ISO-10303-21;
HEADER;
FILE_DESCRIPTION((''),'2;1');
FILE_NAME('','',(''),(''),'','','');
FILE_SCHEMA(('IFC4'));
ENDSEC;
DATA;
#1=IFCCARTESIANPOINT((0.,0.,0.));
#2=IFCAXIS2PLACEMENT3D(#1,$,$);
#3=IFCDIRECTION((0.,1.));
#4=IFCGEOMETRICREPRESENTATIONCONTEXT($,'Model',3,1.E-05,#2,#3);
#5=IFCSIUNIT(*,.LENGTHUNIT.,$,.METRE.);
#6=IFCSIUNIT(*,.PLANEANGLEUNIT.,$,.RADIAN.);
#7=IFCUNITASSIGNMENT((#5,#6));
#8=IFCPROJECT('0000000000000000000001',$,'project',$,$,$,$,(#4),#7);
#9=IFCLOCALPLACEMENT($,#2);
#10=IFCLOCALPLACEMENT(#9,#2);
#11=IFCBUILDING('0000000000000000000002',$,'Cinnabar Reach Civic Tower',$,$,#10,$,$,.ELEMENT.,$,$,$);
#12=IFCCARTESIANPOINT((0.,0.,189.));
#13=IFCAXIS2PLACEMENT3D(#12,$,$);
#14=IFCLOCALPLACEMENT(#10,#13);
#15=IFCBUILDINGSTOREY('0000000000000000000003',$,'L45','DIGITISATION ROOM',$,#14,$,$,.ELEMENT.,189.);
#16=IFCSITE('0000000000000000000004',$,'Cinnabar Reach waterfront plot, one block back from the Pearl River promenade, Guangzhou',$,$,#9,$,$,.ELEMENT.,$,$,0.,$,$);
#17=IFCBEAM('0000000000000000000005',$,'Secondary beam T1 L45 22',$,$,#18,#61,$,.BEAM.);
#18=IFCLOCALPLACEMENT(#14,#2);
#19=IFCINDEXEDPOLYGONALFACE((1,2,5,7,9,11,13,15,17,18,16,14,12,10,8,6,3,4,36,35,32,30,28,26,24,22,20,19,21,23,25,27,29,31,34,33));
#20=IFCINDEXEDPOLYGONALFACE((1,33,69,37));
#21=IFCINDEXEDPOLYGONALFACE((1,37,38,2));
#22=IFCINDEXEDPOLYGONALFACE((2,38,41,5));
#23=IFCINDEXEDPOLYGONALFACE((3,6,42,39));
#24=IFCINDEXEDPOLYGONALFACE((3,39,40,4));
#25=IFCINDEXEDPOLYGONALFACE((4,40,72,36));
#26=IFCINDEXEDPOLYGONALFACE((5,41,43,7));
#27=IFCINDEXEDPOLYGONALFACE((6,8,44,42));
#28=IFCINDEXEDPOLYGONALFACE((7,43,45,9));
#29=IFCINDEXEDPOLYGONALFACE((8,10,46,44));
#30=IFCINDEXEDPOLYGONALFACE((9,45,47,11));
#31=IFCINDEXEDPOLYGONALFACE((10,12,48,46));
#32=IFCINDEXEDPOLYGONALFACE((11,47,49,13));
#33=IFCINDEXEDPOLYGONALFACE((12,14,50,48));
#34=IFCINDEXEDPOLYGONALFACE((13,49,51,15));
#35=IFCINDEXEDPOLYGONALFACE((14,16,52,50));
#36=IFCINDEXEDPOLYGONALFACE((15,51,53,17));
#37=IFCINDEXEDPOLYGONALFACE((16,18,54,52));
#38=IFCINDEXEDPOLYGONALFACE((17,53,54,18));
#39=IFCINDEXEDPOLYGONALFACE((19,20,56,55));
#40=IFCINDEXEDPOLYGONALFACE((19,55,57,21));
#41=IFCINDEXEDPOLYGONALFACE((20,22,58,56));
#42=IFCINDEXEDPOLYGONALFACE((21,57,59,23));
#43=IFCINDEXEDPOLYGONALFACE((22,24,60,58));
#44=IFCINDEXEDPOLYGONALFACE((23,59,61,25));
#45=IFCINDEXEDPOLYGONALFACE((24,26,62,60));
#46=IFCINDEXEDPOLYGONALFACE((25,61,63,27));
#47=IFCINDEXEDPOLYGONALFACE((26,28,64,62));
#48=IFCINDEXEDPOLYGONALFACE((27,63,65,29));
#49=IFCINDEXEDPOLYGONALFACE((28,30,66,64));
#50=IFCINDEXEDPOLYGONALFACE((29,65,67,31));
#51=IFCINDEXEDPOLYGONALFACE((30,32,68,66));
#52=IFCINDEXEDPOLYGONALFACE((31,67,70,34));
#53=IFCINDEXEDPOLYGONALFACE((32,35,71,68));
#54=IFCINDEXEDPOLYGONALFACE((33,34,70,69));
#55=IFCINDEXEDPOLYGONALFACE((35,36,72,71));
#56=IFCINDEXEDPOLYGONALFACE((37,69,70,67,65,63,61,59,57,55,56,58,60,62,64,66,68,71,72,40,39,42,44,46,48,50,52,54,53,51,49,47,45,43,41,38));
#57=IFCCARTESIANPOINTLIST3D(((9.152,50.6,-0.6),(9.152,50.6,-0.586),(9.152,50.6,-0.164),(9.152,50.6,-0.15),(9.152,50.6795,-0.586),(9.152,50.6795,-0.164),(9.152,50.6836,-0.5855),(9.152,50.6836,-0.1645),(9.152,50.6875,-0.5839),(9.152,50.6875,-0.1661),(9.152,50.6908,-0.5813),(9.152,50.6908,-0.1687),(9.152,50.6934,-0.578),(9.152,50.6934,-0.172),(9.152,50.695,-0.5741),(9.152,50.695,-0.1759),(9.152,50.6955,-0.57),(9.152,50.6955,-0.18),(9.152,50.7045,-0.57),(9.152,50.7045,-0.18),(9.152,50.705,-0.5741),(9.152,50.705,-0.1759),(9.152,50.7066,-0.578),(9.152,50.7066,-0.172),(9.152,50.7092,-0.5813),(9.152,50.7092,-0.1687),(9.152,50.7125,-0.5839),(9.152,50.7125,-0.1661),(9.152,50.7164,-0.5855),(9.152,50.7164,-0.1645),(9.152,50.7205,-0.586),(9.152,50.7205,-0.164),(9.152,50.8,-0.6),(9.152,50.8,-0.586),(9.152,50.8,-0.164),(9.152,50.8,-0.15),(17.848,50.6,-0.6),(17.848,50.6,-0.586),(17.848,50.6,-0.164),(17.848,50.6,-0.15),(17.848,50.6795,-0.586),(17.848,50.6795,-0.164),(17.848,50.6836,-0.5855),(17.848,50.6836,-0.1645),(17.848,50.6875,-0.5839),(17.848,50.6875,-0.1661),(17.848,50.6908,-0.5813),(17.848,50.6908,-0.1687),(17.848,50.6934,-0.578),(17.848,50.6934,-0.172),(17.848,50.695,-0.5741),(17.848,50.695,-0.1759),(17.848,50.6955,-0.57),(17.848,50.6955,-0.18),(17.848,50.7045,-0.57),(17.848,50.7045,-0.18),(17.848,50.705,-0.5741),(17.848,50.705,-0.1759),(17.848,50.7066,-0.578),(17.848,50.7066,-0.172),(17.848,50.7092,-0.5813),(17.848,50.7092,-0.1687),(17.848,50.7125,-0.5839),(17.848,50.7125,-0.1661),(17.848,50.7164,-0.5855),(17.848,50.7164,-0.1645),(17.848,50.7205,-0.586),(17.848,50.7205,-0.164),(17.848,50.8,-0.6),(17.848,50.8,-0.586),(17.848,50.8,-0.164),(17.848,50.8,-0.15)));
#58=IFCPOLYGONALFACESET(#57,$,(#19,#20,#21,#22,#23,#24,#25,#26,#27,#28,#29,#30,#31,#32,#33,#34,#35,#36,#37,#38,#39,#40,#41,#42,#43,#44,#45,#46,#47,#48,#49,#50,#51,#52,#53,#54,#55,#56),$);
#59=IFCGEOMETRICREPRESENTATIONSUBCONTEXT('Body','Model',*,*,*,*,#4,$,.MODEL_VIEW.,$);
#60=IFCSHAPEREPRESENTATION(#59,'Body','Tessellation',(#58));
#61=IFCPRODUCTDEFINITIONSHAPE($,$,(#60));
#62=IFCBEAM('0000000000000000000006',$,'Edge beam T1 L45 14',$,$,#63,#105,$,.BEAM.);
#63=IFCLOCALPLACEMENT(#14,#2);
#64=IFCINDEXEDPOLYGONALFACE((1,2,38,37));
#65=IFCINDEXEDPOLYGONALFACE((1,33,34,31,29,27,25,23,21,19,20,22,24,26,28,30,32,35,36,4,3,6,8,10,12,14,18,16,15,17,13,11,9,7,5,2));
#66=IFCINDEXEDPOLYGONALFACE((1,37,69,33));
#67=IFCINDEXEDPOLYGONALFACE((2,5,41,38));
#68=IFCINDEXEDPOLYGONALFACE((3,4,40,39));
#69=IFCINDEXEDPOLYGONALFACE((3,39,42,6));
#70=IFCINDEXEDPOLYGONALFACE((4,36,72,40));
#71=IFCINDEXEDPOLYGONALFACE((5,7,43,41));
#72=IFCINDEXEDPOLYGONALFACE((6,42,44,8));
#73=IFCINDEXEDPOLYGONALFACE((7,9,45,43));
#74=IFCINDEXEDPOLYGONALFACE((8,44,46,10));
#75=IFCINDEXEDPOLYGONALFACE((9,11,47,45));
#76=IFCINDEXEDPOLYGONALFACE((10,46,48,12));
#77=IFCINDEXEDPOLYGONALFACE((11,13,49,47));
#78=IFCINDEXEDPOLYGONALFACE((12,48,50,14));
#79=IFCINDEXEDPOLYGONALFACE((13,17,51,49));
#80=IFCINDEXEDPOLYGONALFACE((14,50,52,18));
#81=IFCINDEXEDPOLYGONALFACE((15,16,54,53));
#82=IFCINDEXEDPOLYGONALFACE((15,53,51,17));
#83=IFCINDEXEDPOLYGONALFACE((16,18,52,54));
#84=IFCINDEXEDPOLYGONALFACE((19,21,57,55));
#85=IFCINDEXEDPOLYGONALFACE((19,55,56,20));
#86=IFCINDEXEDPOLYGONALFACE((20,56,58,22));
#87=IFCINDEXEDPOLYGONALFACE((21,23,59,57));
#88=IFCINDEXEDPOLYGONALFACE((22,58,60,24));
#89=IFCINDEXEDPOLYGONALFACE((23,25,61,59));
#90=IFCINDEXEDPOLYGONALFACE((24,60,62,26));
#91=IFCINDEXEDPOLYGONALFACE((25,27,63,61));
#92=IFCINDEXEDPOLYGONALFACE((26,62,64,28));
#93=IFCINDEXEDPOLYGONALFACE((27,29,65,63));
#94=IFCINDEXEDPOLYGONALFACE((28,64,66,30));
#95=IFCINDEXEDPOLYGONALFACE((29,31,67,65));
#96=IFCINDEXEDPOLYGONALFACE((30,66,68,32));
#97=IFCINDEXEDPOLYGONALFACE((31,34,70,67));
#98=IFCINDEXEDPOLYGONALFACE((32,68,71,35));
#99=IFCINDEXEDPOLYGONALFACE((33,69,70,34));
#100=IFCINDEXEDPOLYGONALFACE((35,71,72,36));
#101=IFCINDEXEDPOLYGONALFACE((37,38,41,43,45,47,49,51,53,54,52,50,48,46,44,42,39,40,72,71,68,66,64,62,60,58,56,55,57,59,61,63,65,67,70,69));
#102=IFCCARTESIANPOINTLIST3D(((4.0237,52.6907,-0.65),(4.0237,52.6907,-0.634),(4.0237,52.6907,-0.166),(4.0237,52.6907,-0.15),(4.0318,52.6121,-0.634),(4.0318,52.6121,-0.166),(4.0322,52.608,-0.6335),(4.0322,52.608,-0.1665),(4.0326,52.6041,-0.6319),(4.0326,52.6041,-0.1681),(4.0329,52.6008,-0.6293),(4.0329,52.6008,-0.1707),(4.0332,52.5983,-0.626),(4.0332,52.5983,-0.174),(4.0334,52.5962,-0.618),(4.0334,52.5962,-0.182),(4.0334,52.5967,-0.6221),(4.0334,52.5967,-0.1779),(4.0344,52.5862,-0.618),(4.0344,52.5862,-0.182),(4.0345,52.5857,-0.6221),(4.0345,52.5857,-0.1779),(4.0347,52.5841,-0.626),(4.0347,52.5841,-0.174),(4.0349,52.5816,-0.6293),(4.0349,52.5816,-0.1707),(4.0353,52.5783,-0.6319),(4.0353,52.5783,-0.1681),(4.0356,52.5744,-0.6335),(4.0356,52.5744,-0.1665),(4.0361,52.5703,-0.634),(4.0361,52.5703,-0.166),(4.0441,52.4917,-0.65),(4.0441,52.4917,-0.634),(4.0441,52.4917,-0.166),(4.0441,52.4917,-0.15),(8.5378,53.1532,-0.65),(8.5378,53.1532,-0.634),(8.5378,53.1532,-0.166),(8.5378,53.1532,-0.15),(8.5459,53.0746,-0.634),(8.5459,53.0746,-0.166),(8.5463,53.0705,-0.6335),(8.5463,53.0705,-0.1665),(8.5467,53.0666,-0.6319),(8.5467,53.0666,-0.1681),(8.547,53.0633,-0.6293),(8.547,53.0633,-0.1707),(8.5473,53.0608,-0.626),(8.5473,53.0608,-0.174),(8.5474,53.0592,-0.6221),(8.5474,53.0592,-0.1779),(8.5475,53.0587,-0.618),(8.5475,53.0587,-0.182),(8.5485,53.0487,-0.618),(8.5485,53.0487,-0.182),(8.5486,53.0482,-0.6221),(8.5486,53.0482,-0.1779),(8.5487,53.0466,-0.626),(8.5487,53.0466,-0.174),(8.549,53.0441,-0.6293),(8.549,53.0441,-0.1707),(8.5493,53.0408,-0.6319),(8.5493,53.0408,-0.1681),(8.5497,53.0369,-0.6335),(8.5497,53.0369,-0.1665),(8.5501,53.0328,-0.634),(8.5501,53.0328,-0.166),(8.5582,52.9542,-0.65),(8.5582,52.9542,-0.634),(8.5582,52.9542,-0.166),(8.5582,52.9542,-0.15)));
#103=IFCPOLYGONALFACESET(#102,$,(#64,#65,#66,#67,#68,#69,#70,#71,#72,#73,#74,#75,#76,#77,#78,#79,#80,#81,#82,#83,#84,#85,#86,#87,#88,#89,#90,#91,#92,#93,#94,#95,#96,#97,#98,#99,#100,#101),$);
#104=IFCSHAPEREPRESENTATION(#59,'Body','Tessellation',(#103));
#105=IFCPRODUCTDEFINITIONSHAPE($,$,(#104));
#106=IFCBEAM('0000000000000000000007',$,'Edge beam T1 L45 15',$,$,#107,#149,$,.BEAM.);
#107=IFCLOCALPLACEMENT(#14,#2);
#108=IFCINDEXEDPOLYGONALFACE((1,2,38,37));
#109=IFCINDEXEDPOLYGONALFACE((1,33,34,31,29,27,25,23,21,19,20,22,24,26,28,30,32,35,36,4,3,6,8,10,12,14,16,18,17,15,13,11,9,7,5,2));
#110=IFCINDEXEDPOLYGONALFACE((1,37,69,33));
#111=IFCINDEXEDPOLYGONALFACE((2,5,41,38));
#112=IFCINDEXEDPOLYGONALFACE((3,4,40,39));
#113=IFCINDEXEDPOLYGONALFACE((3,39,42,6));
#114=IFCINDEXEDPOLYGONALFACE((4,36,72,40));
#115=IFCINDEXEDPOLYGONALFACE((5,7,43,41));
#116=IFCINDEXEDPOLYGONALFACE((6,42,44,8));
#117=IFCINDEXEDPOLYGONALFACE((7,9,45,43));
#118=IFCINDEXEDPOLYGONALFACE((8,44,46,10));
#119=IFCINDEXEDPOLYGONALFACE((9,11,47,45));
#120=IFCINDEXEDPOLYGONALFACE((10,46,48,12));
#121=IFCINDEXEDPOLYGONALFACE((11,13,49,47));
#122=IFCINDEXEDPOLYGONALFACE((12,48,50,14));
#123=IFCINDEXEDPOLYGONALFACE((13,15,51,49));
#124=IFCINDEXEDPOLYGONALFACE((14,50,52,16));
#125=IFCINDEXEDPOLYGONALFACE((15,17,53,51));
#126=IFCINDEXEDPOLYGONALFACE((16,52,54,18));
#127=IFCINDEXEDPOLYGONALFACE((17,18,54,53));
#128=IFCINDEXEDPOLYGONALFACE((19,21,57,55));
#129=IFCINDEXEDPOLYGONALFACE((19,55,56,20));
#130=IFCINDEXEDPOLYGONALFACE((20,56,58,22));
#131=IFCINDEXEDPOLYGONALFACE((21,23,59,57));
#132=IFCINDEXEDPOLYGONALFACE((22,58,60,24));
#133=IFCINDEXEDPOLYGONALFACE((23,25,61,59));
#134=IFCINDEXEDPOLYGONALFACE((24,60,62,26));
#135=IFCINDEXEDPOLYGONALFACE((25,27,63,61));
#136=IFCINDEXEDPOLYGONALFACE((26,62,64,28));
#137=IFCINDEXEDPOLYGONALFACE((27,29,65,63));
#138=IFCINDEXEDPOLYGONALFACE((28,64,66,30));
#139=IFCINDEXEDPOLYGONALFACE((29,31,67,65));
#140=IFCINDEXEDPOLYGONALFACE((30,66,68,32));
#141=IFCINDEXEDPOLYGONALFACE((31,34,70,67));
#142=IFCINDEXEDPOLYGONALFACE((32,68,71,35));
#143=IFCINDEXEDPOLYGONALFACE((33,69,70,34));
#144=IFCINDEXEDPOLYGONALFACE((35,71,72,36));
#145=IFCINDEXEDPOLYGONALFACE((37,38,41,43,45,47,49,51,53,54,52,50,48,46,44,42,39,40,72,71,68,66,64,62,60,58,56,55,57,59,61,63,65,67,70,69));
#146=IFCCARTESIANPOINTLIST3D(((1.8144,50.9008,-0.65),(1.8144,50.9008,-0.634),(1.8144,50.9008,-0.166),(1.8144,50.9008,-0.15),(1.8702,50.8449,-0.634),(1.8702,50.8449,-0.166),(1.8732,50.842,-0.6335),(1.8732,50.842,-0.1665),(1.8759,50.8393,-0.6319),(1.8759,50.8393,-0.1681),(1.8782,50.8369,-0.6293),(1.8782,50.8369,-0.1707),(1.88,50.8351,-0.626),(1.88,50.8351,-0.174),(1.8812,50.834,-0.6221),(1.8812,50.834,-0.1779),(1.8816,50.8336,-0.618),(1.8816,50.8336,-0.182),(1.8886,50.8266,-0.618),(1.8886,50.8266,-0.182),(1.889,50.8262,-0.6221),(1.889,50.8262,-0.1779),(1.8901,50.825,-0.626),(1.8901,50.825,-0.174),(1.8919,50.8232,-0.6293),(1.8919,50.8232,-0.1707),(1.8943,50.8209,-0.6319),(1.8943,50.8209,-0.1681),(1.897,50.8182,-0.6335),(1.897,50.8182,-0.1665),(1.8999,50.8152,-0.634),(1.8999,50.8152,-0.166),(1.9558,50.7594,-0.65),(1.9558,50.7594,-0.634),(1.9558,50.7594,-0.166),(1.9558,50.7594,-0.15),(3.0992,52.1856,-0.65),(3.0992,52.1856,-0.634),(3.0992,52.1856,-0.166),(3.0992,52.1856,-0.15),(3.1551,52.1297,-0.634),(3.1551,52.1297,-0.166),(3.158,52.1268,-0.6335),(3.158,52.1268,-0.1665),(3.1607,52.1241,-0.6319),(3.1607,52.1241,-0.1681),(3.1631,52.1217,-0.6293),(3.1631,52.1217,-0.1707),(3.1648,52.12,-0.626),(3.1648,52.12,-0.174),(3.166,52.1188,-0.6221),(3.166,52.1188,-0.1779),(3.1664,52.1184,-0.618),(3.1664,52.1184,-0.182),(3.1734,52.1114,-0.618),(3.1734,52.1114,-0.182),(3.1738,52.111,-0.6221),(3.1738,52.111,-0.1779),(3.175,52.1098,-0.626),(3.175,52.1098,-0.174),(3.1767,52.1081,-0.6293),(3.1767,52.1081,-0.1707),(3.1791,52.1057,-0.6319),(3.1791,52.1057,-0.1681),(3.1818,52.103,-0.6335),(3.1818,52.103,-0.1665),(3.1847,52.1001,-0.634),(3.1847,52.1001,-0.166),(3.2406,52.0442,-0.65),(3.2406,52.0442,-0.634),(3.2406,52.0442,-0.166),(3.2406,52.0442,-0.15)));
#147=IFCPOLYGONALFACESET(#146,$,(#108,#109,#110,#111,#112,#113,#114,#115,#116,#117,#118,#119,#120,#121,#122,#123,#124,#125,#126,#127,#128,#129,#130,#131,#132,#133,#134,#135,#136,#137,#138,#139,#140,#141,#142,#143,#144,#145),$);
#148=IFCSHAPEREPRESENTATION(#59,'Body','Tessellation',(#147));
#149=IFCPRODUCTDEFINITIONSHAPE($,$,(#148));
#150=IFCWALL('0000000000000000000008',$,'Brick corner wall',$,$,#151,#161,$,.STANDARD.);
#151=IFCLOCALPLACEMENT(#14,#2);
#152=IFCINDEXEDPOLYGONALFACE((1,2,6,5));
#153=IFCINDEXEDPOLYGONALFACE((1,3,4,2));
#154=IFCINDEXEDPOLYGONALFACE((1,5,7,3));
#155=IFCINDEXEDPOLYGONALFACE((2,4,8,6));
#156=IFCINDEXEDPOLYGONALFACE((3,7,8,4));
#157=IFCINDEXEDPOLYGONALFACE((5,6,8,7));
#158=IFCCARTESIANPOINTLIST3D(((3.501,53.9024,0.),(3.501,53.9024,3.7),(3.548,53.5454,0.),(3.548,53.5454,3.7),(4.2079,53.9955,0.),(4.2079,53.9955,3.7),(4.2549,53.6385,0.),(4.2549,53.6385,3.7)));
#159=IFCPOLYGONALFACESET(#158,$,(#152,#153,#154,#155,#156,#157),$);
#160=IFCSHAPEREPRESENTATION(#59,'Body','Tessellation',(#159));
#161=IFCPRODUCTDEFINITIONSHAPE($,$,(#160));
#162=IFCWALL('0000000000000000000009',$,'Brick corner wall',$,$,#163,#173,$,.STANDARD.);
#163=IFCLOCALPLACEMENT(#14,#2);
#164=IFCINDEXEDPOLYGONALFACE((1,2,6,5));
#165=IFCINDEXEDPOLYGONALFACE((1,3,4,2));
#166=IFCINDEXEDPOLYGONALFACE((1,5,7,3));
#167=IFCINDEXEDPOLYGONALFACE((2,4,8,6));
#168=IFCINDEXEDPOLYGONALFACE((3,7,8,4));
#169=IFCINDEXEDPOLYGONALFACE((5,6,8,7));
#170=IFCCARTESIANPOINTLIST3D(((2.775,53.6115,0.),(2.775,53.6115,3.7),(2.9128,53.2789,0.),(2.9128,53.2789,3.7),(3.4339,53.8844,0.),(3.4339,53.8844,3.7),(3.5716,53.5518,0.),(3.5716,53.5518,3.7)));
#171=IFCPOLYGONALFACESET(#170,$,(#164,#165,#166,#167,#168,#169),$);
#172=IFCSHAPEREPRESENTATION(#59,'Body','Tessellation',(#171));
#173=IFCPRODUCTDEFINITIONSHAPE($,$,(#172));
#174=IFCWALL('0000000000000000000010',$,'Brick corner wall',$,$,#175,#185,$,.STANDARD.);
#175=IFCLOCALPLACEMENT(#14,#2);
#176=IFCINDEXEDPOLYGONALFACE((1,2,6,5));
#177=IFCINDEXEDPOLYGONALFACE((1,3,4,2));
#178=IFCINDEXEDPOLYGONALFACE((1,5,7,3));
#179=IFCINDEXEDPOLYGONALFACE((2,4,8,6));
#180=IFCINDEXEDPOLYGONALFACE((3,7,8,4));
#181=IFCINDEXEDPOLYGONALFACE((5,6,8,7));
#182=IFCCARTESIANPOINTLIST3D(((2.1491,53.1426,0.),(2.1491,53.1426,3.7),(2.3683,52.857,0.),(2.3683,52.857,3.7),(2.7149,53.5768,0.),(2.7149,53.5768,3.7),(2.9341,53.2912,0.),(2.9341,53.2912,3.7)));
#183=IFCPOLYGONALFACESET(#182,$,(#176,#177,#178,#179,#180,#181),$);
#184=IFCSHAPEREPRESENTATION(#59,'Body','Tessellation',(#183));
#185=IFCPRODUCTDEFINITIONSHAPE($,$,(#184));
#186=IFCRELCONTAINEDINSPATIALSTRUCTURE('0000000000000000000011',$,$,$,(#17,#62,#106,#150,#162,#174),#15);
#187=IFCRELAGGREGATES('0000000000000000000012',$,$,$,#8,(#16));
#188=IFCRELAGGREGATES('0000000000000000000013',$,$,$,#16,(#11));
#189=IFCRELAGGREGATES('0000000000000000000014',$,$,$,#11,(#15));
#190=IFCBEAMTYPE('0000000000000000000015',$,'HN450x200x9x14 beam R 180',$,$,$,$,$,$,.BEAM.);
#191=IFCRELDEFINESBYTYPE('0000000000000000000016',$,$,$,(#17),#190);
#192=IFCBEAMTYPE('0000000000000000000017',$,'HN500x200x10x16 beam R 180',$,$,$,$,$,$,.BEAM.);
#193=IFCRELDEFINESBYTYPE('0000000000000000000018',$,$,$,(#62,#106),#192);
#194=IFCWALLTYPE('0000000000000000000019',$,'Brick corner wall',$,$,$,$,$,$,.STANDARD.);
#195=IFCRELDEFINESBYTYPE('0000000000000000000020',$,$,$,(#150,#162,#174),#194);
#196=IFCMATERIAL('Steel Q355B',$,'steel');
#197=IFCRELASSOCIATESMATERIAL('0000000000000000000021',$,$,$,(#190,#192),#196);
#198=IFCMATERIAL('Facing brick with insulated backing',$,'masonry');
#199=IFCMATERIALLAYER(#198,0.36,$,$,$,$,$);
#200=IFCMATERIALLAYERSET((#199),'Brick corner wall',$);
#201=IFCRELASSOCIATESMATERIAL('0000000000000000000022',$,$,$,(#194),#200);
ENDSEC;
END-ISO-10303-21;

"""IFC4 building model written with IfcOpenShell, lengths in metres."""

from ifc_helpers import new_model, si_unit, direction, frame, frame_2d, origin, origin_2d, place, context, subcontext, project, spatial, rectangle, i_section, extrude, material, layer, layer_set, material_profile, profile_set, type_object, element, save


model = new_model("IFC4")

# Units and contexts
model_context = context("Model", 3, precision=1e-05, world=origin(), true_north=direction((0.0, 1.0)))
body_context = subcontext(model_context, "Body", "Model", "MODEL_VIEW")
ifc_project = project(units=[si_unit("LENGTHUNIT", "METRE"), si_unit("PLANEANGLEUNIT", "RADIAN")], contexts=[model_context])

# Site, building, storey
site_placement = place(None, origin())
site = spatial("IfcSite", under=ifc_project, at=site_placement, Name="Cinnabar Reach waterfront plot, one block back from the Pearl River promenade, Guangzhou", CompositionType="ELEMENT", RefElevation=0.0)
building_placement = place(site_placement, origin())
building = spatial("IfcBuilding", under=site, at=building_placement, Name="Cinnabar Reach Civic Tower", CompositionType="ELEMENT")
storey_placement = place(building_placement, frame((0.0, 0.0, 189.0)))
storey = spatial("IfcBuildingStorey", under=building, at=storey_placement, Name="L45", Description="DIGITISATION ROOM", CompositionType="ELEMENT", Elevation=189.0)

# Beams
ifc_material_1 = material(Name="Steel Q355B", Category="steel")
ifc_material_profile_1 = material_profile(ifc_material_1, i_section(OverallWidth=0.2, OverallDepth=0.45, WebThickness=0.009, FlangeThickness=0.014, FilletRadius=0.016, at=origin_2d()), Name="HN450x200x9x14")
ifc_profile_set_1 = profile_set([ifc_material_profile_1], Name="Steel Q355B")
beam_type_1 = type_object("IfcBeamType", Name="HN450x200x9x14 beam R 180", PredefinedType="BEAM", material=ifc_profile_set_1)
for number, where, z_axis, x_axis, name in (
    (1, (9.152, 50.7, -0.375), (1.0, 0.0, 0.0), (0.0, 1.0, 0.0), "Secondary beam T1 L45 22"),
):
    element("IfcBeam", number, at=place(storey_placement, frame(where, z_axis=z_axis, x_axis=x_axis)), inside=storey, type_object=beam_type_1, Name=name, PredefinedType="BEAM", context=body_context, shape_type="SweptSolid", body=[
        extrude(i_section(OverallWidth=0.2, OverallDepth=0.45, WebThickness=0.009, FlangeThickness=0.014, FilletRadius=0.016, at=origin_2d()), origin(), (0.0, 0.0, 1.0), 8.696),
    ])
ifc_material_profile_2 = material_profile(ifc_material_1, i_section(OverallWidth=0.2, OverallDepth=0.5, WebThickness=0.01, FlangeThickness=0.016, FilletRadius=0.016, at=origin_2d()), Name="HN500x200x10x16")
ifc_profile_set_2 = profile_set([ifc_material_profile_2], Name="Steel Q355B")
beam_type_2 = type_object("IfcBeamType", Name="HN500x200x10x16 beam R 180", PredefinedType="BEAM", material=ifc_profile_set_2)
beam_1_placement = place(storey_placement, frame((8.548, 53.0537, -0.4), z_axis=(-0.994792, -0.101923, 0.0), x_axis=(0.101923, -0.994792, 0.0)))
element("IfcBeam", 2, at=beam_1_placement, inside=storey, type_object=beam_type_2, Name="Edge beam T1 L45 14", PredefinedType="BEAM", context=body_context, shape_type="SweptSolid", body=[
    extrude(i_section(OverallWidth=0.2, OverallDepth=0.5, WebThickness=0.01, FlangeThickness=0.016, FilletRadius=0.016, at=origin_2d()), origin(), (0.0, 0.0, 1.0), 4.5377),
])
beam_2_placement = place(storey_placement, frame((3.1699, 52.1149, -0.4), z_axis=(-0.707107, -0.707107, 0.0), x_axis=(0.707107, -0.707107, 0.0)))
element("IfcBeam", 3, at=beam_2_placement, inside=storey, type_object=beam_type_2, Name="Edge beam T1 L45 15", PredefinedType="BEAM", context=body_context, shape_type="SweptSolid", body=[
    extrude(i_section(OverallWidth=0.2, OverallDepth=0.5, WebThickness=0.01, FlangeThickness=0.016, FilletRadius=0.016, at=origin_2d()), origin(), (0.0, 0.0, 1.0), 1.817),
])

# Walls
ifc_material_2 = material(Name="Facing brick with insulated backing", Category="masonry")
ifc_layer_1 = layer(ifc_material_2, 0.36)
ifc_layer_set_1 = layer_set([ifc_layer_1], Name="Brick corner wall")
wall_type_1 = type_object("IfcWallType", Name="Brick corner wall", PredefinedType="STANDARD", material=ifc_layer_set_1)
for number, where, z_axis, x_axis, name in (
    (4, (4.2314, 53.817, 0.0), (0.0, 0.0, 1.0), (-0.991441, -0.130556, 0.0), "Brick corner wall"),
    (5, (3.5027, 53.7181, 0.0), (0.0, 0.0, 1.0), (-0.923872, -0.382703, 0.0), "Brick corner wall"),
):
    element("IfcWall", number, at=place(storey_placement, frame(where, z_axis=z_axis, x_axis=x_axis)), inside=storey, type_object=wall_type_1, Name=name, PredefinedType="STANDARD", context=body_context, shape_type="SweptSolid", body=[
        extrude(rectangle(XDim=0.7131, YDim=0.36, at=frame_2d((0.3565, 0.0))), origin(), (0.0, 0.0, 1.0), 3.7),
    ])
wall_1_placement = place(storey_placement, frame((2.8245, 53.434, 0.0), z_axis=(0.0, 0.0, 1.0), x_axis=(-0.793322, -0.608802, 0.0)))
element("IfcWall", 6, at=wall_1_placement, inside=storey, type_object=wall_type_1, Name="Brick corner wall", PredefinedType="STANDARD", context=body_context, shape_type="SweptSolid", body=[
    extrude(rectangle(XDim=0.7132, YDim=0.36, at=frame_2d((0.3566, 0.0))), origin(), (0.0, 0.0, 1.0), 3.7),
])

save(model, "model.ifc")
